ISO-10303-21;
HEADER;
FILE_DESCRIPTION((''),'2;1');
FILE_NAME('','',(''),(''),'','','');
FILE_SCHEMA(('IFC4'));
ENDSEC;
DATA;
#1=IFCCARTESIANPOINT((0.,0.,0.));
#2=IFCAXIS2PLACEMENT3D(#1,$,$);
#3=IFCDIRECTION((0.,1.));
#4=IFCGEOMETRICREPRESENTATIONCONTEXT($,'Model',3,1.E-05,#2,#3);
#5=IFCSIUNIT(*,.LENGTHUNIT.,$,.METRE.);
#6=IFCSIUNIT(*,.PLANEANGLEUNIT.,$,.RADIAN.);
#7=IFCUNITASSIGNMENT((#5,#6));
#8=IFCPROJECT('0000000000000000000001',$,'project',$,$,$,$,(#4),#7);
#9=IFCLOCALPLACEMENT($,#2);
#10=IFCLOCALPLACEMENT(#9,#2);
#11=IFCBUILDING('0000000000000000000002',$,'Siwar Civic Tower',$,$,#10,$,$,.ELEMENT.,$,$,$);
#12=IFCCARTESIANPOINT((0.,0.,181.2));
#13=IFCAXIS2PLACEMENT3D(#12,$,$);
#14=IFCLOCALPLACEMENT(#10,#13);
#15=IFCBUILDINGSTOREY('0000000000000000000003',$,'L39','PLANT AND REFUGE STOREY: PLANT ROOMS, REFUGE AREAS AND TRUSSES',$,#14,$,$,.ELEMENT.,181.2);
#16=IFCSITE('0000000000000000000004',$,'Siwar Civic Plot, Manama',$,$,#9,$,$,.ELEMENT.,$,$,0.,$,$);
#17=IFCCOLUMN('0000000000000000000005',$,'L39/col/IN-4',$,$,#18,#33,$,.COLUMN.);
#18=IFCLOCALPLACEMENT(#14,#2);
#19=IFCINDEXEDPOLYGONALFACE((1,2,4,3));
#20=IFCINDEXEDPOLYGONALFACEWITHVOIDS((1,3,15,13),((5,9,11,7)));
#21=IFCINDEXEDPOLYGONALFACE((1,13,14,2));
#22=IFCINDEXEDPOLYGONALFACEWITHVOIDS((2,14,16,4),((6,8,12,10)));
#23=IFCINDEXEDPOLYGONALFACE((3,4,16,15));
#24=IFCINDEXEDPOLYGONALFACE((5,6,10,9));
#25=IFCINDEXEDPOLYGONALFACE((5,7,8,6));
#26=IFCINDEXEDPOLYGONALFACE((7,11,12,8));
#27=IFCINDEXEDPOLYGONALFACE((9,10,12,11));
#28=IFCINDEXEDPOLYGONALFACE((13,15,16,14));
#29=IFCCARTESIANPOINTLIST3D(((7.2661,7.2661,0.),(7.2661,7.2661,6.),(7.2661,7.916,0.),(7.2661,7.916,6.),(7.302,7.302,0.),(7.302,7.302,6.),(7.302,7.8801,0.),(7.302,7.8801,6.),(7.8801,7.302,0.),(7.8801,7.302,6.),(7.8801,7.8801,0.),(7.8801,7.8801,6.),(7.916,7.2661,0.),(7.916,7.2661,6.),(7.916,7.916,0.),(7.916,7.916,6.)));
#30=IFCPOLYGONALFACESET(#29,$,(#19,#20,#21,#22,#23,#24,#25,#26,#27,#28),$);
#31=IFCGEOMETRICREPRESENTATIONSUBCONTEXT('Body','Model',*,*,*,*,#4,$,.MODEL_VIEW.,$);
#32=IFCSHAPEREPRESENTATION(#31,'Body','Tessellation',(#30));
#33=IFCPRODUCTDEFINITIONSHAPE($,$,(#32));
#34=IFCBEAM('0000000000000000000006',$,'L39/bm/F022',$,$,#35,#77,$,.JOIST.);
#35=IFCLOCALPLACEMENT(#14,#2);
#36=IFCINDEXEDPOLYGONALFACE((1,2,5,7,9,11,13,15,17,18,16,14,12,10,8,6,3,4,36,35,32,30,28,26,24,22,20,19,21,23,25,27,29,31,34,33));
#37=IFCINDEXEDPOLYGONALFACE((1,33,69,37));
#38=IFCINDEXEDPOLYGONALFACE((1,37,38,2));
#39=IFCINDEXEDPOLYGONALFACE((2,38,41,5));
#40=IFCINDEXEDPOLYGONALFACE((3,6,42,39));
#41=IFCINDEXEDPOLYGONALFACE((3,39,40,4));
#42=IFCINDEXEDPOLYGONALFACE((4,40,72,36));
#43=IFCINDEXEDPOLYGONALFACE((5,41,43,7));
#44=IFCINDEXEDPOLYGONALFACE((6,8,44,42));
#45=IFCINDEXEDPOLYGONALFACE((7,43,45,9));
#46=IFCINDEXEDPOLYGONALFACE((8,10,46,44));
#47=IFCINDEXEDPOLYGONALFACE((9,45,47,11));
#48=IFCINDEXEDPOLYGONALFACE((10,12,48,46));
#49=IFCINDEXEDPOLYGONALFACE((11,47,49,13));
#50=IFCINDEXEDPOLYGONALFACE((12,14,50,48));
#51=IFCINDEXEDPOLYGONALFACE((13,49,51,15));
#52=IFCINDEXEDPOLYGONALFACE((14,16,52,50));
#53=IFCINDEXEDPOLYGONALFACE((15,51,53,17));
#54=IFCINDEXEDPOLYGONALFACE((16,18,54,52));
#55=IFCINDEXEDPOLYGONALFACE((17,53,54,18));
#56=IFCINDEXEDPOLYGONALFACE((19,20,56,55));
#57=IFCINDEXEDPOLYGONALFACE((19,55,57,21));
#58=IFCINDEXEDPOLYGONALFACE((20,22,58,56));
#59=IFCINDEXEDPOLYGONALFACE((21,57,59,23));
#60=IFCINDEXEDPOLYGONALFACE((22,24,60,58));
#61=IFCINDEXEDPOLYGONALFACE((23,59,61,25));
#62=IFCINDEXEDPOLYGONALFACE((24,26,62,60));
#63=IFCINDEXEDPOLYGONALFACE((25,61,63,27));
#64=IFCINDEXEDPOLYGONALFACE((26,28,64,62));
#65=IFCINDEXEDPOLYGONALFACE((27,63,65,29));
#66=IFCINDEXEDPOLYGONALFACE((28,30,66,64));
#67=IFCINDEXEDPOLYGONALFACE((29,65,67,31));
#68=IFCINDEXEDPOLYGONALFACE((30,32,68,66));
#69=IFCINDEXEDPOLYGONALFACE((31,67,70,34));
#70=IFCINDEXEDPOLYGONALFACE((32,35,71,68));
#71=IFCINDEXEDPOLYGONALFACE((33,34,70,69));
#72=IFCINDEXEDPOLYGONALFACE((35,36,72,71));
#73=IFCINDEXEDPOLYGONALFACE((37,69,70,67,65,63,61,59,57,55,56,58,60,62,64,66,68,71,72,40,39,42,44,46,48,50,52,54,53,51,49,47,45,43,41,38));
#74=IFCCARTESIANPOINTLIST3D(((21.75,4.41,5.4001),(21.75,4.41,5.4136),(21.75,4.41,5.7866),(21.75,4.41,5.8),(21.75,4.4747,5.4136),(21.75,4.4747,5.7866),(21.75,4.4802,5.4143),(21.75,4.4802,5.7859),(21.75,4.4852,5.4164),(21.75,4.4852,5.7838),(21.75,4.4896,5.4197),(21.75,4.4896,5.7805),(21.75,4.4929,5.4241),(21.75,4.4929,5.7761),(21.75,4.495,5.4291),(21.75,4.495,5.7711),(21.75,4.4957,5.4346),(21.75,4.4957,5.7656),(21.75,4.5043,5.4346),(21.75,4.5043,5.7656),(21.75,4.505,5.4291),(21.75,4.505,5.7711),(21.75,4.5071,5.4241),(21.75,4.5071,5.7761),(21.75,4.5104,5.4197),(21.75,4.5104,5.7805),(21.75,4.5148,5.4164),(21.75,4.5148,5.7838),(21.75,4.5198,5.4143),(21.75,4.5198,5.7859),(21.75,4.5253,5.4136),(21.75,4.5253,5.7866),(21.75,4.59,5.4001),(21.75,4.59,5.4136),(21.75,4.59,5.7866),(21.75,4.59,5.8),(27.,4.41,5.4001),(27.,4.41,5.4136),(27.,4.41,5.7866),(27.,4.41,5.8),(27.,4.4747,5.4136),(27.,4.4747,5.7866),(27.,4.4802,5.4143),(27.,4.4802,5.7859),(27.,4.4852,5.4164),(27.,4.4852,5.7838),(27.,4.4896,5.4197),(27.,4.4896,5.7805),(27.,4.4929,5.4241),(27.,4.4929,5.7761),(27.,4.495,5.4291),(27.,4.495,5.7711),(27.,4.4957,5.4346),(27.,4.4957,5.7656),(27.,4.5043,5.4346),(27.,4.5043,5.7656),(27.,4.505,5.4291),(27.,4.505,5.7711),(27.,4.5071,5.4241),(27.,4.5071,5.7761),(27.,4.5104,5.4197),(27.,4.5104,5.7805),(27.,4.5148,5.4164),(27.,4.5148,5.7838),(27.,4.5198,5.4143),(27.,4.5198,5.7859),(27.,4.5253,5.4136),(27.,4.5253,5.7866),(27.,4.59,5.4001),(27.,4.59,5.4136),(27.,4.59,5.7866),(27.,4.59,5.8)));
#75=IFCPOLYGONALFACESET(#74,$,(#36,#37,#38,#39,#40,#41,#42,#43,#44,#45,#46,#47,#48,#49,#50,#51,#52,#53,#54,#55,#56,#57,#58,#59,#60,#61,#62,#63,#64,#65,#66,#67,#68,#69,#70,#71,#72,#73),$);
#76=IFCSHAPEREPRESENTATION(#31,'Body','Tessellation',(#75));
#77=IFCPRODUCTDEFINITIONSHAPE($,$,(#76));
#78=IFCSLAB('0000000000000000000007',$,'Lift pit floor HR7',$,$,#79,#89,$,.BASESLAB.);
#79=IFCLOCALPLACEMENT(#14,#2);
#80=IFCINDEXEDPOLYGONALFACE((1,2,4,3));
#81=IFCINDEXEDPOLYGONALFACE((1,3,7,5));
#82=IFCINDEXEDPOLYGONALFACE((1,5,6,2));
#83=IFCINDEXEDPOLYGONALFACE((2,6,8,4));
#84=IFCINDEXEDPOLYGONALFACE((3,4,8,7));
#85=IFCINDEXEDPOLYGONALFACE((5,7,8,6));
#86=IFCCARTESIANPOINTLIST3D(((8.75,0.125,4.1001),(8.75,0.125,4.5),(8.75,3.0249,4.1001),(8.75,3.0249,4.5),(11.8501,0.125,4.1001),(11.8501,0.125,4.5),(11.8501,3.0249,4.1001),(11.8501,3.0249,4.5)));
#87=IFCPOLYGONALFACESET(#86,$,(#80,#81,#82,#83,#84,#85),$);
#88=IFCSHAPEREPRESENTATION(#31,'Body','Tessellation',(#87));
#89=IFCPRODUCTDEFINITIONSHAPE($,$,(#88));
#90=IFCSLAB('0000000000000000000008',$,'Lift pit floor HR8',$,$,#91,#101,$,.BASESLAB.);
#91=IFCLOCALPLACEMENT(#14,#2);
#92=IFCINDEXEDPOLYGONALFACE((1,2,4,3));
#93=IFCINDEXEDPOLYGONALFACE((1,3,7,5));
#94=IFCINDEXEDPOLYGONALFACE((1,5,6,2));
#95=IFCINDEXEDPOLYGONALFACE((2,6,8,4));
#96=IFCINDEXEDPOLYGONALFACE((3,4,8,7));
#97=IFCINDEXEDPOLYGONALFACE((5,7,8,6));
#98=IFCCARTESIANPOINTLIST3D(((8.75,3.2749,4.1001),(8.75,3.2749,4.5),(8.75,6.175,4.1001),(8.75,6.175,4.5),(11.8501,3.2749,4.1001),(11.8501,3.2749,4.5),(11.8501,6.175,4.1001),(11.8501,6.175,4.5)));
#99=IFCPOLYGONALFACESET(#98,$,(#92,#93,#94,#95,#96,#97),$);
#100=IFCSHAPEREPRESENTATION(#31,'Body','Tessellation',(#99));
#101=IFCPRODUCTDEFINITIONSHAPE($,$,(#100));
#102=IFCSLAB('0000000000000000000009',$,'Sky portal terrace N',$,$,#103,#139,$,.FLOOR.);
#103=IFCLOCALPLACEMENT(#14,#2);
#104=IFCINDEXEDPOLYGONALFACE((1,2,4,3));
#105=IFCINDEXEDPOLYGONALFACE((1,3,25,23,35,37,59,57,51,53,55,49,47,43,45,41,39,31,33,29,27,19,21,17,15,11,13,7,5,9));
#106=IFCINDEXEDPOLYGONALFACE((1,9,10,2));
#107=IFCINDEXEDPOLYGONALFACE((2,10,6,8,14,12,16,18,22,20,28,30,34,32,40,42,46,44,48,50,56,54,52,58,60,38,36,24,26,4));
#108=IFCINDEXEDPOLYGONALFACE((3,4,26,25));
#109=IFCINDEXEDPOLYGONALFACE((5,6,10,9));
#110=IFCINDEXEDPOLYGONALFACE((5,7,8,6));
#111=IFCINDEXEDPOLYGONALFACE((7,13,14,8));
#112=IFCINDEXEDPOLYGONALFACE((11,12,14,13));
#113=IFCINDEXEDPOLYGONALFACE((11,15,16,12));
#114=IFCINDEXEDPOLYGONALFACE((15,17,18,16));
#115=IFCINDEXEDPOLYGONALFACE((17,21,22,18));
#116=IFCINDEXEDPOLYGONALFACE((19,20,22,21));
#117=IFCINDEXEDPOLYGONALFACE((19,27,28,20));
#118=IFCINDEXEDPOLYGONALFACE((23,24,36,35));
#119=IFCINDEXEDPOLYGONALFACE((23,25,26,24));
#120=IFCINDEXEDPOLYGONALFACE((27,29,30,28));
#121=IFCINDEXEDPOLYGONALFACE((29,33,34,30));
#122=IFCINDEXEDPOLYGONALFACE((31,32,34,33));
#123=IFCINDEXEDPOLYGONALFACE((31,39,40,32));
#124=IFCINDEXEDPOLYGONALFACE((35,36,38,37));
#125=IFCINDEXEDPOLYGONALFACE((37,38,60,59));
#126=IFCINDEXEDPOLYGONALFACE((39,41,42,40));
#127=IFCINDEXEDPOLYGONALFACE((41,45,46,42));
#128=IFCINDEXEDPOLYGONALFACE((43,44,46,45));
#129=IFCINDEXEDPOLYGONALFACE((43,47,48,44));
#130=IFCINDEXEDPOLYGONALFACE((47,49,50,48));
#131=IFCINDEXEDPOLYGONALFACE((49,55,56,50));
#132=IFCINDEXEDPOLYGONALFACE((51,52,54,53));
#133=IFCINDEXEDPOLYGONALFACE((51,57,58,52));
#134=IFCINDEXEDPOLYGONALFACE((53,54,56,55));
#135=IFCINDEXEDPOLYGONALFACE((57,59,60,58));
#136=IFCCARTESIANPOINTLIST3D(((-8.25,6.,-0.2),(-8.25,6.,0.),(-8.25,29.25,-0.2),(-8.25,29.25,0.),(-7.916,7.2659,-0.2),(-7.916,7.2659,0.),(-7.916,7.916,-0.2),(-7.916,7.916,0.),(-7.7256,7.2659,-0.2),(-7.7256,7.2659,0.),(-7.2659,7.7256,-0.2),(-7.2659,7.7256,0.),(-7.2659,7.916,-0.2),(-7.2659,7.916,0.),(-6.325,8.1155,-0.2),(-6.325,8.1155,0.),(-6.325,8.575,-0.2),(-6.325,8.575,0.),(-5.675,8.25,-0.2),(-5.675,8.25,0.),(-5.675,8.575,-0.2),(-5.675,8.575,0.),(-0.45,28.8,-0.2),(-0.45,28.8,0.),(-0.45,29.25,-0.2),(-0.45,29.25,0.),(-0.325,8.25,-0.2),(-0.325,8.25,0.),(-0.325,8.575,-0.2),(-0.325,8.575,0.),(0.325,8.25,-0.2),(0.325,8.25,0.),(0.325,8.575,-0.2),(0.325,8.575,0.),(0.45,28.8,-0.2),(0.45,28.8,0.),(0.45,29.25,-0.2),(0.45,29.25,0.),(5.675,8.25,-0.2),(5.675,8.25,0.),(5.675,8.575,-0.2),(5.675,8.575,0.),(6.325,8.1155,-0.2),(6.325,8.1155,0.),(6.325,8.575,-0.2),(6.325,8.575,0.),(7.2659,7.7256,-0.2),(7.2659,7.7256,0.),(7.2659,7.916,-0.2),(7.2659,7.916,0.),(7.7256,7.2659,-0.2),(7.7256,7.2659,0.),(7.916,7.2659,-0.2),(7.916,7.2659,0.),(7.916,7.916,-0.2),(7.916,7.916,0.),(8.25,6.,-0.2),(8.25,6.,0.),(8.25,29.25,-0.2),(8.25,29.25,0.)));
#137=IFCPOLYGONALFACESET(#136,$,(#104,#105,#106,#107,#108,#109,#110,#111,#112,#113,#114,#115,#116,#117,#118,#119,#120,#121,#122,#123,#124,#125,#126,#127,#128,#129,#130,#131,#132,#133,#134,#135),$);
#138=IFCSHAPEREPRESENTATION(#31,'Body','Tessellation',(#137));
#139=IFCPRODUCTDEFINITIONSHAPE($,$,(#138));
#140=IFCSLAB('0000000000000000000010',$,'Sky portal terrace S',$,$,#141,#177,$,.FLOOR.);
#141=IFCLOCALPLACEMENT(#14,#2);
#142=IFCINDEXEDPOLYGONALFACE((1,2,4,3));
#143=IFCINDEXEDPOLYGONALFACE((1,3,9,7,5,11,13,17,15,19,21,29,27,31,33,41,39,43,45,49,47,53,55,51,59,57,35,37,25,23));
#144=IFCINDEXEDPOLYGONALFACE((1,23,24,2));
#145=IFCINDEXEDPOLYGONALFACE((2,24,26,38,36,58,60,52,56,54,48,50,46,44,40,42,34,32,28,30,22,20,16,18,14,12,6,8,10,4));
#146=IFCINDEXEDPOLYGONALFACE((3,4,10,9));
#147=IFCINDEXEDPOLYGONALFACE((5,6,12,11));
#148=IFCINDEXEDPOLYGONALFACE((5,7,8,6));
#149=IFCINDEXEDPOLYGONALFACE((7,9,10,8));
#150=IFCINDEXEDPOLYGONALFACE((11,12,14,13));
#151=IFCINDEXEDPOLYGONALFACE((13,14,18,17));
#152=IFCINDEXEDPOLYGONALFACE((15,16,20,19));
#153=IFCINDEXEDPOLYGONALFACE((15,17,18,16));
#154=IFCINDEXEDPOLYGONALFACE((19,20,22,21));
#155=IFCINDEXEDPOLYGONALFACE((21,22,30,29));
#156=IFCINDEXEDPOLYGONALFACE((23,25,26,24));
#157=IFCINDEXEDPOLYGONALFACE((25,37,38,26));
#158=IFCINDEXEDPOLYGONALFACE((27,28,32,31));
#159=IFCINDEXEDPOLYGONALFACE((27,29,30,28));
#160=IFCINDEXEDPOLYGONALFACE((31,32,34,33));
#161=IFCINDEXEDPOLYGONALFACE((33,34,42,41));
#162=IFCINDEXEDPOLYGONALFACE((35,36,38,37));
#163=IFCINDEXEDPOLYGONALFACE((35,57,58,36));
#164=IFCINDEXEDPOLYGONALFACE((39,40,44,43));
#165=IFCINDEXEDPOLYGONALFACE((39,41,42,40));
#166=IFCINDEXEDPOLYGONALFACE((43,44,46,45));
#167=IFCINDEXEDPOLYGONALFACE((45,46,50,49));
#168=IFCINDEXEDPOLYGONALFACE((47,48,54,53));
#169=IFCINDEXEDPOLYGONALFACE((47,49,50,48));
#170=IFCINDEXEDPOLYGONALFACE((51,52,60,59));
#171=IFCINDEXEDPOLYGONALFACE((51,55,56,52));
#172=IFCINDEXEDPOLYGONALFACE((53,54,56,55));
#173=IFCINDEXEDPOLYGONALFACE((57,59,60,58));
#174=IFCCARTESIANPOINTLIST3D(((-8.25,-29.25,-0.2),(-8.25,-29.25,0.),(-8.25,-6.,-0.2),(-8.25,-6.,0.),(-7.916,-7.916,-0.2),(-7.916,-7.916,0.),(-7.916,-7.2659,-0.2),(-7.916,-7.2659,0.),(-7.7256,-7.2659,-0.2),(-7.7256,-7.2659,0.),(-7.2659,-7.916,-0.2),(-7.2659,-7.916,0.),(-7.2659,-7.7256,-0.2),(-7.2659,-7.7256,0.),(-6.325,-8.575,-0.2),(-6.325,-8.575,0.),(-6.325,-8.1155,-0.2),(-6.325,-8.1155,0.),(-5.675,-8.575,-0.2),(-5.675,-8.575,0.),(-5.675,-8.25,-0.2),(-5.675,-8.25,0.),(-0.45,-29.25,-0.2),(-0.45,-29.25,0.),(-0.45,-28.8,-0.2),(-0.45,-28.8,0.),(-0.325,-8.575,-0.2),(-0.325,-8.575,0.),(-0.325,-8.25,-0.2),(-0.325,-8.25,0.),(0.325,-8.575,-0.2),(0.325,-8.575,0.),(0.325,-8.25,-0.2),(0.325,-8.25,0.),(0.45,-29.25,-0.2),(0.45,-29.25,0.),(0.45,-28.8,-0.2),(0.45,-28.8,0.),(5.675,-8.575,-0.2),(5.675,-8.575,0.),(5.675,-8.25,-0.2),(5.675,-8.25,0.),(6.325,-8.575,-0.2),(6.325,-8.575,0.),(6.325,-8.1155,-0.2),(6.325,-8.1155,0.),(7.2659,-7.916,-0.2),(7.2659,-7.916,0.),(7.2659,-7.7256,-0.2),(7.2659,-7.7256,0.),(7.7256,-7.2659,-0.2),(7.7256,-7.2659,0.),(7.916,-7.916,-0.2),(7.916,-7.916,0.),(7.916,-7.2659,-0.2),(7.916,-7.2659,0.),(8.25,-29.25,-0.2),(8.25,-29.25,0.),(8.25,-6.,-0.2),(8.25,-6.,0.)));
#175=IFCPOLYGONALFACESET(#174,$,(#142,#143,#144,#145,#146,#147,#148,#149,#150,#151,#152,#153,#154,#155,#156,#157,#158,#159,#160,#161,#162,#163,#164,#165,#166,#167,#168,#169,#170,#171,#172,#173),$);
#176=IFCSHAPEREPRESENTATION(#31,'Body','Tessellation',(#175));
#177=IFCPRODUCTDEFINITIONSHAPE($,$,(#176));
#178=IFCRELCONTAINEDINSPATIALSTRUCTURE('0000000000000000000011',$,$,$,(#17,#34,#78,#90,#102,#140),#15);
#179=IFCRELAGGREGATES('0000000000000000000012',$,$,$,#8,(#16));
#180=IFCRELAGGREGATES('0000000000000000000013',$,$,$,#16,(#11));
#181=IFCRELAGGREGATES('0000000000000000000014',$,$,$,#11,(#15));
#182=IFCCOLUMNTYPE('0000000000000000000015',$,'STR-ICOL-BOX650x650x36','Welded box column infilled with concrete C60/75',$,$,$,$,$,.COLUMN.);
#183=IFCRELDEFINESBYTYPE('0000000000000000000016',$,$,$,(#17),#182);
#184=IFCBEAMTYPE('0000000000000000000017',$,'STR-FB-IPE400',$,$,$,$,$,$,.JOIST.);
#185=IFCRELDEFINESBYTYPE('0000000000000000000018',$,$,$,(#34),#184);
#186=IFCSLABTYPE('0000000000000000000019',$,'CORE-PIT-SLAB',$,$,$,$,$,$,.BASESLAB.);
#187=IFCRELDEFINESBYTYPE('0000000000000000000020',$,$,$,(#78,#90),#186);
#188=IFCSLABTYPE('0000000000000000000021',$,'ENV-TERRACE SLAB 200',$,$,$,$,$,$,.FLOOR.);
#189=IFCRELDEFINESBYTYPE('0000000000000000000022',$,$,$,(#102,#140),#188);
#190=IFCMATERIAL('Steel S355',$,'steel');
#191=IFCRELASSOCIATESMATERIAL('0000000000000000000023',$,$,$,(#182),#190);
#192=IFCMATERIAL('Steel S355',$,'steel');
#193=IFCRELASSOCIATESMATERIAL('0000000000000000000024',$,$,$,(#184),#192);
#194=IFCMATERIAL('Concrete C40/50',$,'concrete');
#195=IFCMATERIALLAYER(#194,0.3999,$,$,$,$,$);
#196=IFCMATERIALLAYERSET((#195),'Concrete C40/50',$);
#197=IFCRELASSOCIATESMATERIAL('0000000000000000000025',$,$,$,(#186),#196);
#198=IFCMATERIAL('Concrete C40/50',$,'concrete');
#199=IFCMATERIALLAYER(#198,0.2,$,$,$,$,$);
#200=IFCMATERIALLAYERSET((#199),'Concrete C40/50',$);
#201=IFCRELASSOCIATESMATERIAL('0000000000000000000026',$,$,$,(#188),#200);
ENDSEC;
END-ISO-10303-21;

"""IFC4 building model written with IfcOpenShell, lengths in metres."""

from ifc_helpers import new_model, si_unit, direction, frame, origin, origin_2d, place, context, subcontext, project, spatial, polyline, hollow_rectangle, i_section, outline, extrude, material, layer, layer_set, material_profile, profile_set, type_object, element, save


model = new_model("IFC4")

# Units and contexts
model_context = context("Model", 3, precision=1e-05, world=origin(), true_north=direction((0.0, 1.0)))
body_context = subcontext(model_context, "Body", "Model", "MODEL_VIEW")
ifc_project = project(units=[si_unit("LENGTHUNIT", "METRE"), si_unit("PLANEANGLEUNIT", "RADIAN")], contexts=[model_context])

# Site, building, storey
site_placement = place(None, origin())
site = spatial("IfcSite", under=ifc_project, at=site_placement, Name="Siwar Civic Plot, Manama", CompositionType="ELEMENT", RefElevation=0.0)
building_placement = place(site_placement, origin())
building = spatial("IfcBuilding", under=site, at=building_placement, Name="Siwar Civic Tower", CompositionType="ELEMENT")
storey_placement = place(building_placement, frame((0.0, 0.0, 181.2)))
storey = spatial("IfcBuildingStorey", under=building, at=storey_placement, Name="L39", Description="PLANT AND REFUGE STOREY: PLANT ROOMS, REFUGE AREAS AND TRUSSES", CompositionType="ELEMENT", Elevation=181.2)

# Column
ifc_material_1 = material(Name="Steel S355", Category="steel")
ifc_material_profile_1 = material_profile(ifc_material_1, hollow_rectangle(XDim=0.6499, YDim=0.6499, WallThickness=0.0359, at=origin_2d()), Name="BOX650x650x36")
ifc_profile_set_1 = profile_set([ifc_material_profile_1], Name="Steel S355")
column_type = type_object("IfcColumnType", Name="STR-ICOL-BOX650x650x36", Description="Welded box column infilled with concrete C60/75", PredefinedType="COLUMN", material=ifc_profile_set_1)
column_placement = place(storey_placement, frame((7.5911, 7.5911, 0.0), z_axis=(0.0, 0.0, 1.0), x_axis=(1.0, 0.0, 0.0)))
element("IfcColumn", 1, at=column_placement, inside=storey, type_object=column_type, Name="L39/col/IN-4", PredefinedType="COLUMN", context=body_context, shape_type="SweptSolid", body=[
    extrude(hollow_rectangle(XDim=0.6499, YDim=0.6499, WallThickness=0.0359, at=origin_2d()), origin(), (0.0, 0.0, 1.0), 6.0),
])

# Beam
ifc_material_2 = material(Name="Steel S355", Category="steel")
ifc_material_profile_2 = material_profile(ifc_material_2, i_section(OverallWidth=0.1799, OverallDepth=0.3999, WebThickness=0.0085, FlangeThickness=0.0134, FilletRadius=0.021, at=origin_2d()), Name="IPE400")
ifc_profile_set_2 = profile_set([ifc_material_profile_2], Name="Steel S355")
beam_type = type_object("IfcBeamType", Name="STR-FB-IPE400", PredefinedType="JOIST", material=ifc_profile_set_2)
beam_placement = place(storey_placement, frame((21.75, 4.5, 5.6001), z_axis=(1.0, 0.0, 0.0), x_axis=(0.0, 1.0, 0.0)))
element("IfcBeam", 2, at=beam_placement, inside=storey, type_object=beam_type, Name="L39/bm/F022", PredefinedType="JOIST", context=body_context, shape_type="SweptSolid", body=[
    extrude(i_section(OverallWidth=0.1799, OverallDepth=0.3999, WebThickness=0.0085, FlangeThickness=0.0134, FilletRadius=0.021, at=origin_2d()), origin(), (0.0, 0.0, 1.0), 5.25),
])

# Slabs
ifc_material_3 = material(Name="Concrete C40/50", Category="concrete")
ifc_layer_1 = layer(ifc_material_3, 0.3999)
ifc_layer_set_1 = layer_set([ifc_layer_1], Name="Concrete C40/50")
slab_type_1 = type_object("IfcSlabType", Name="CORE-PIT-SLAB", PredefinedType="BASESLAB", material=ifc_layer_set_1)
slab_1_placement = place(storey_placement, frame((0.0, 0.0, 4.1001)))
element("IfcSlab", 3, at=slab_1_placement, inside=storey, type_object=slab_type_1, Name="Lift pit floor HR7", PredefinedType="BASESLAB", context=body_context, shape_type="SweptSolid", body=[
    extrude(outline(polyline([(8.75, 0.125), (11.8501, 0.125), (11.8501, 3.0249), (8.75, 3.0249), (8.75, 0.125)])), origin(), (0.0, 0.0, 1.0), 0.3999),
])
slab_2_placement = place(storey_placement, frame((0.0, 0.0, 4.1001)))
element("IfcSlab", 4, at=slab_2_placement, inside=storey, type_object=slab_type_1, Name="Lift pit floor HR8", PredefinedType="BASESLAB", context=body_context, shape_type="SweptSolid", body=[
    extrude(outline(polyline([(8.75, 3.2749), (11.8501, 3.2749), (11.8501, 6.175), (8.75, 6.175), (8.75, 3.2749)])), origin(), (0.0, 0.0, 1.0), 0.3999),
])
ifc_material_4 = material(Name="Concrete C40/50", Category="concrete")
ifc_layer_2 = layer(ifc_material_4, 0.2)
ifc_layer_set_2 = layer_set([ifc_layer_2], Name="Concrete C40/50")
slab_type_2 = type_object("IfcSlabType", Name="ENV-TERRACE SLAB 200", PredefinedType="FLOOR", material=ifc_layer_set_2)
slab_3_placement = place(storey_placement, frame((0.0, 0.0, -0.2)))
element("IfcSlab", 5, at=slab_3_placement, inside=storey, type_object=slab_type_2, Name="Sky portal terrace N", PredefinedType="FLOOR", context=body_context, shape_type="SweptSolid", body=[
    extrude(outline(polyline([(-0.45, 29.25), (-8.25, 29.25), (-8.25, 6.0), (-7.7256, 7.2659), (-7.916, 7.2659), (-7.916, 7.916), (-7.2659, 7.916), (-7.2659, 7.7256), (-6.325, 8.1155), (-6.325, 8.575), (-5.675, 8.575), (-5.675, 8.25), (-0.325, 8.25), (-0.325, 8.575), (0.325, 8.575), (0.325, 8.25), (5.675, 8.25), (5.675, 8.575), (6.325, 8.575), (6.325, 8.1155), (7.2659, 7.7256), (7.2659, 7.916), (7.916, 7.916), (7.916, 7.2659), (7.7256, 7.2659), (8.25, 6.0), (8.25, 29.25), (0.45, 29.25), (0.45, 28.8), (-0.45, 28.8), (-0.45, 29.25)])), origin(), (0.0, 0.0, 1.0), 0.2),
])
slab_4_placement = place(storey_placement, frame((0.0, 0.0, -0.2)))
element("IfcSlab", 6, at=slab_4_placement, inside=storey, type_object=slab_type_2, Name="Sky portal terrace S", PredefinedType="FLOOR", context=body_context, shape_type="SweptSolid", body=[
    extrude(outline(polyline([(-7.916, -7.2659), (-7.7256, -7.2659), (-8.25, -6.0), (-8.25, -29.25), (-0.45, -29.25), (-0.45, -28.8), (0.45, -28.8), (0.45, -29.25), (8.25, -29.25), (8.25, -6.0), (7.7256, -7.2659), (7.916, -7.2659), (7.916, -7.916), (7.2659, -7.916), (7.2659, -7.7256), (6.325, -8.1155), (6.325, -8.575), (5.675, -8.575), (5.675, -8.25), (0.325, -8.25), (0.325, -8.575), (-0.325, -8.575), (-0.325, -8.25), (-5.675, -8.25), (-5.675, -8.575), (-6.325, -8.575), (-6.325, -8.1155), (-7.2659, -7.7256), (-7.2659, -7.916), (-7.916, -7.916), (-7.916, -7.2659)])), origin(), (0.0, 0.0, 1.0), 0.2),
])

save(model, "model.ifc")
